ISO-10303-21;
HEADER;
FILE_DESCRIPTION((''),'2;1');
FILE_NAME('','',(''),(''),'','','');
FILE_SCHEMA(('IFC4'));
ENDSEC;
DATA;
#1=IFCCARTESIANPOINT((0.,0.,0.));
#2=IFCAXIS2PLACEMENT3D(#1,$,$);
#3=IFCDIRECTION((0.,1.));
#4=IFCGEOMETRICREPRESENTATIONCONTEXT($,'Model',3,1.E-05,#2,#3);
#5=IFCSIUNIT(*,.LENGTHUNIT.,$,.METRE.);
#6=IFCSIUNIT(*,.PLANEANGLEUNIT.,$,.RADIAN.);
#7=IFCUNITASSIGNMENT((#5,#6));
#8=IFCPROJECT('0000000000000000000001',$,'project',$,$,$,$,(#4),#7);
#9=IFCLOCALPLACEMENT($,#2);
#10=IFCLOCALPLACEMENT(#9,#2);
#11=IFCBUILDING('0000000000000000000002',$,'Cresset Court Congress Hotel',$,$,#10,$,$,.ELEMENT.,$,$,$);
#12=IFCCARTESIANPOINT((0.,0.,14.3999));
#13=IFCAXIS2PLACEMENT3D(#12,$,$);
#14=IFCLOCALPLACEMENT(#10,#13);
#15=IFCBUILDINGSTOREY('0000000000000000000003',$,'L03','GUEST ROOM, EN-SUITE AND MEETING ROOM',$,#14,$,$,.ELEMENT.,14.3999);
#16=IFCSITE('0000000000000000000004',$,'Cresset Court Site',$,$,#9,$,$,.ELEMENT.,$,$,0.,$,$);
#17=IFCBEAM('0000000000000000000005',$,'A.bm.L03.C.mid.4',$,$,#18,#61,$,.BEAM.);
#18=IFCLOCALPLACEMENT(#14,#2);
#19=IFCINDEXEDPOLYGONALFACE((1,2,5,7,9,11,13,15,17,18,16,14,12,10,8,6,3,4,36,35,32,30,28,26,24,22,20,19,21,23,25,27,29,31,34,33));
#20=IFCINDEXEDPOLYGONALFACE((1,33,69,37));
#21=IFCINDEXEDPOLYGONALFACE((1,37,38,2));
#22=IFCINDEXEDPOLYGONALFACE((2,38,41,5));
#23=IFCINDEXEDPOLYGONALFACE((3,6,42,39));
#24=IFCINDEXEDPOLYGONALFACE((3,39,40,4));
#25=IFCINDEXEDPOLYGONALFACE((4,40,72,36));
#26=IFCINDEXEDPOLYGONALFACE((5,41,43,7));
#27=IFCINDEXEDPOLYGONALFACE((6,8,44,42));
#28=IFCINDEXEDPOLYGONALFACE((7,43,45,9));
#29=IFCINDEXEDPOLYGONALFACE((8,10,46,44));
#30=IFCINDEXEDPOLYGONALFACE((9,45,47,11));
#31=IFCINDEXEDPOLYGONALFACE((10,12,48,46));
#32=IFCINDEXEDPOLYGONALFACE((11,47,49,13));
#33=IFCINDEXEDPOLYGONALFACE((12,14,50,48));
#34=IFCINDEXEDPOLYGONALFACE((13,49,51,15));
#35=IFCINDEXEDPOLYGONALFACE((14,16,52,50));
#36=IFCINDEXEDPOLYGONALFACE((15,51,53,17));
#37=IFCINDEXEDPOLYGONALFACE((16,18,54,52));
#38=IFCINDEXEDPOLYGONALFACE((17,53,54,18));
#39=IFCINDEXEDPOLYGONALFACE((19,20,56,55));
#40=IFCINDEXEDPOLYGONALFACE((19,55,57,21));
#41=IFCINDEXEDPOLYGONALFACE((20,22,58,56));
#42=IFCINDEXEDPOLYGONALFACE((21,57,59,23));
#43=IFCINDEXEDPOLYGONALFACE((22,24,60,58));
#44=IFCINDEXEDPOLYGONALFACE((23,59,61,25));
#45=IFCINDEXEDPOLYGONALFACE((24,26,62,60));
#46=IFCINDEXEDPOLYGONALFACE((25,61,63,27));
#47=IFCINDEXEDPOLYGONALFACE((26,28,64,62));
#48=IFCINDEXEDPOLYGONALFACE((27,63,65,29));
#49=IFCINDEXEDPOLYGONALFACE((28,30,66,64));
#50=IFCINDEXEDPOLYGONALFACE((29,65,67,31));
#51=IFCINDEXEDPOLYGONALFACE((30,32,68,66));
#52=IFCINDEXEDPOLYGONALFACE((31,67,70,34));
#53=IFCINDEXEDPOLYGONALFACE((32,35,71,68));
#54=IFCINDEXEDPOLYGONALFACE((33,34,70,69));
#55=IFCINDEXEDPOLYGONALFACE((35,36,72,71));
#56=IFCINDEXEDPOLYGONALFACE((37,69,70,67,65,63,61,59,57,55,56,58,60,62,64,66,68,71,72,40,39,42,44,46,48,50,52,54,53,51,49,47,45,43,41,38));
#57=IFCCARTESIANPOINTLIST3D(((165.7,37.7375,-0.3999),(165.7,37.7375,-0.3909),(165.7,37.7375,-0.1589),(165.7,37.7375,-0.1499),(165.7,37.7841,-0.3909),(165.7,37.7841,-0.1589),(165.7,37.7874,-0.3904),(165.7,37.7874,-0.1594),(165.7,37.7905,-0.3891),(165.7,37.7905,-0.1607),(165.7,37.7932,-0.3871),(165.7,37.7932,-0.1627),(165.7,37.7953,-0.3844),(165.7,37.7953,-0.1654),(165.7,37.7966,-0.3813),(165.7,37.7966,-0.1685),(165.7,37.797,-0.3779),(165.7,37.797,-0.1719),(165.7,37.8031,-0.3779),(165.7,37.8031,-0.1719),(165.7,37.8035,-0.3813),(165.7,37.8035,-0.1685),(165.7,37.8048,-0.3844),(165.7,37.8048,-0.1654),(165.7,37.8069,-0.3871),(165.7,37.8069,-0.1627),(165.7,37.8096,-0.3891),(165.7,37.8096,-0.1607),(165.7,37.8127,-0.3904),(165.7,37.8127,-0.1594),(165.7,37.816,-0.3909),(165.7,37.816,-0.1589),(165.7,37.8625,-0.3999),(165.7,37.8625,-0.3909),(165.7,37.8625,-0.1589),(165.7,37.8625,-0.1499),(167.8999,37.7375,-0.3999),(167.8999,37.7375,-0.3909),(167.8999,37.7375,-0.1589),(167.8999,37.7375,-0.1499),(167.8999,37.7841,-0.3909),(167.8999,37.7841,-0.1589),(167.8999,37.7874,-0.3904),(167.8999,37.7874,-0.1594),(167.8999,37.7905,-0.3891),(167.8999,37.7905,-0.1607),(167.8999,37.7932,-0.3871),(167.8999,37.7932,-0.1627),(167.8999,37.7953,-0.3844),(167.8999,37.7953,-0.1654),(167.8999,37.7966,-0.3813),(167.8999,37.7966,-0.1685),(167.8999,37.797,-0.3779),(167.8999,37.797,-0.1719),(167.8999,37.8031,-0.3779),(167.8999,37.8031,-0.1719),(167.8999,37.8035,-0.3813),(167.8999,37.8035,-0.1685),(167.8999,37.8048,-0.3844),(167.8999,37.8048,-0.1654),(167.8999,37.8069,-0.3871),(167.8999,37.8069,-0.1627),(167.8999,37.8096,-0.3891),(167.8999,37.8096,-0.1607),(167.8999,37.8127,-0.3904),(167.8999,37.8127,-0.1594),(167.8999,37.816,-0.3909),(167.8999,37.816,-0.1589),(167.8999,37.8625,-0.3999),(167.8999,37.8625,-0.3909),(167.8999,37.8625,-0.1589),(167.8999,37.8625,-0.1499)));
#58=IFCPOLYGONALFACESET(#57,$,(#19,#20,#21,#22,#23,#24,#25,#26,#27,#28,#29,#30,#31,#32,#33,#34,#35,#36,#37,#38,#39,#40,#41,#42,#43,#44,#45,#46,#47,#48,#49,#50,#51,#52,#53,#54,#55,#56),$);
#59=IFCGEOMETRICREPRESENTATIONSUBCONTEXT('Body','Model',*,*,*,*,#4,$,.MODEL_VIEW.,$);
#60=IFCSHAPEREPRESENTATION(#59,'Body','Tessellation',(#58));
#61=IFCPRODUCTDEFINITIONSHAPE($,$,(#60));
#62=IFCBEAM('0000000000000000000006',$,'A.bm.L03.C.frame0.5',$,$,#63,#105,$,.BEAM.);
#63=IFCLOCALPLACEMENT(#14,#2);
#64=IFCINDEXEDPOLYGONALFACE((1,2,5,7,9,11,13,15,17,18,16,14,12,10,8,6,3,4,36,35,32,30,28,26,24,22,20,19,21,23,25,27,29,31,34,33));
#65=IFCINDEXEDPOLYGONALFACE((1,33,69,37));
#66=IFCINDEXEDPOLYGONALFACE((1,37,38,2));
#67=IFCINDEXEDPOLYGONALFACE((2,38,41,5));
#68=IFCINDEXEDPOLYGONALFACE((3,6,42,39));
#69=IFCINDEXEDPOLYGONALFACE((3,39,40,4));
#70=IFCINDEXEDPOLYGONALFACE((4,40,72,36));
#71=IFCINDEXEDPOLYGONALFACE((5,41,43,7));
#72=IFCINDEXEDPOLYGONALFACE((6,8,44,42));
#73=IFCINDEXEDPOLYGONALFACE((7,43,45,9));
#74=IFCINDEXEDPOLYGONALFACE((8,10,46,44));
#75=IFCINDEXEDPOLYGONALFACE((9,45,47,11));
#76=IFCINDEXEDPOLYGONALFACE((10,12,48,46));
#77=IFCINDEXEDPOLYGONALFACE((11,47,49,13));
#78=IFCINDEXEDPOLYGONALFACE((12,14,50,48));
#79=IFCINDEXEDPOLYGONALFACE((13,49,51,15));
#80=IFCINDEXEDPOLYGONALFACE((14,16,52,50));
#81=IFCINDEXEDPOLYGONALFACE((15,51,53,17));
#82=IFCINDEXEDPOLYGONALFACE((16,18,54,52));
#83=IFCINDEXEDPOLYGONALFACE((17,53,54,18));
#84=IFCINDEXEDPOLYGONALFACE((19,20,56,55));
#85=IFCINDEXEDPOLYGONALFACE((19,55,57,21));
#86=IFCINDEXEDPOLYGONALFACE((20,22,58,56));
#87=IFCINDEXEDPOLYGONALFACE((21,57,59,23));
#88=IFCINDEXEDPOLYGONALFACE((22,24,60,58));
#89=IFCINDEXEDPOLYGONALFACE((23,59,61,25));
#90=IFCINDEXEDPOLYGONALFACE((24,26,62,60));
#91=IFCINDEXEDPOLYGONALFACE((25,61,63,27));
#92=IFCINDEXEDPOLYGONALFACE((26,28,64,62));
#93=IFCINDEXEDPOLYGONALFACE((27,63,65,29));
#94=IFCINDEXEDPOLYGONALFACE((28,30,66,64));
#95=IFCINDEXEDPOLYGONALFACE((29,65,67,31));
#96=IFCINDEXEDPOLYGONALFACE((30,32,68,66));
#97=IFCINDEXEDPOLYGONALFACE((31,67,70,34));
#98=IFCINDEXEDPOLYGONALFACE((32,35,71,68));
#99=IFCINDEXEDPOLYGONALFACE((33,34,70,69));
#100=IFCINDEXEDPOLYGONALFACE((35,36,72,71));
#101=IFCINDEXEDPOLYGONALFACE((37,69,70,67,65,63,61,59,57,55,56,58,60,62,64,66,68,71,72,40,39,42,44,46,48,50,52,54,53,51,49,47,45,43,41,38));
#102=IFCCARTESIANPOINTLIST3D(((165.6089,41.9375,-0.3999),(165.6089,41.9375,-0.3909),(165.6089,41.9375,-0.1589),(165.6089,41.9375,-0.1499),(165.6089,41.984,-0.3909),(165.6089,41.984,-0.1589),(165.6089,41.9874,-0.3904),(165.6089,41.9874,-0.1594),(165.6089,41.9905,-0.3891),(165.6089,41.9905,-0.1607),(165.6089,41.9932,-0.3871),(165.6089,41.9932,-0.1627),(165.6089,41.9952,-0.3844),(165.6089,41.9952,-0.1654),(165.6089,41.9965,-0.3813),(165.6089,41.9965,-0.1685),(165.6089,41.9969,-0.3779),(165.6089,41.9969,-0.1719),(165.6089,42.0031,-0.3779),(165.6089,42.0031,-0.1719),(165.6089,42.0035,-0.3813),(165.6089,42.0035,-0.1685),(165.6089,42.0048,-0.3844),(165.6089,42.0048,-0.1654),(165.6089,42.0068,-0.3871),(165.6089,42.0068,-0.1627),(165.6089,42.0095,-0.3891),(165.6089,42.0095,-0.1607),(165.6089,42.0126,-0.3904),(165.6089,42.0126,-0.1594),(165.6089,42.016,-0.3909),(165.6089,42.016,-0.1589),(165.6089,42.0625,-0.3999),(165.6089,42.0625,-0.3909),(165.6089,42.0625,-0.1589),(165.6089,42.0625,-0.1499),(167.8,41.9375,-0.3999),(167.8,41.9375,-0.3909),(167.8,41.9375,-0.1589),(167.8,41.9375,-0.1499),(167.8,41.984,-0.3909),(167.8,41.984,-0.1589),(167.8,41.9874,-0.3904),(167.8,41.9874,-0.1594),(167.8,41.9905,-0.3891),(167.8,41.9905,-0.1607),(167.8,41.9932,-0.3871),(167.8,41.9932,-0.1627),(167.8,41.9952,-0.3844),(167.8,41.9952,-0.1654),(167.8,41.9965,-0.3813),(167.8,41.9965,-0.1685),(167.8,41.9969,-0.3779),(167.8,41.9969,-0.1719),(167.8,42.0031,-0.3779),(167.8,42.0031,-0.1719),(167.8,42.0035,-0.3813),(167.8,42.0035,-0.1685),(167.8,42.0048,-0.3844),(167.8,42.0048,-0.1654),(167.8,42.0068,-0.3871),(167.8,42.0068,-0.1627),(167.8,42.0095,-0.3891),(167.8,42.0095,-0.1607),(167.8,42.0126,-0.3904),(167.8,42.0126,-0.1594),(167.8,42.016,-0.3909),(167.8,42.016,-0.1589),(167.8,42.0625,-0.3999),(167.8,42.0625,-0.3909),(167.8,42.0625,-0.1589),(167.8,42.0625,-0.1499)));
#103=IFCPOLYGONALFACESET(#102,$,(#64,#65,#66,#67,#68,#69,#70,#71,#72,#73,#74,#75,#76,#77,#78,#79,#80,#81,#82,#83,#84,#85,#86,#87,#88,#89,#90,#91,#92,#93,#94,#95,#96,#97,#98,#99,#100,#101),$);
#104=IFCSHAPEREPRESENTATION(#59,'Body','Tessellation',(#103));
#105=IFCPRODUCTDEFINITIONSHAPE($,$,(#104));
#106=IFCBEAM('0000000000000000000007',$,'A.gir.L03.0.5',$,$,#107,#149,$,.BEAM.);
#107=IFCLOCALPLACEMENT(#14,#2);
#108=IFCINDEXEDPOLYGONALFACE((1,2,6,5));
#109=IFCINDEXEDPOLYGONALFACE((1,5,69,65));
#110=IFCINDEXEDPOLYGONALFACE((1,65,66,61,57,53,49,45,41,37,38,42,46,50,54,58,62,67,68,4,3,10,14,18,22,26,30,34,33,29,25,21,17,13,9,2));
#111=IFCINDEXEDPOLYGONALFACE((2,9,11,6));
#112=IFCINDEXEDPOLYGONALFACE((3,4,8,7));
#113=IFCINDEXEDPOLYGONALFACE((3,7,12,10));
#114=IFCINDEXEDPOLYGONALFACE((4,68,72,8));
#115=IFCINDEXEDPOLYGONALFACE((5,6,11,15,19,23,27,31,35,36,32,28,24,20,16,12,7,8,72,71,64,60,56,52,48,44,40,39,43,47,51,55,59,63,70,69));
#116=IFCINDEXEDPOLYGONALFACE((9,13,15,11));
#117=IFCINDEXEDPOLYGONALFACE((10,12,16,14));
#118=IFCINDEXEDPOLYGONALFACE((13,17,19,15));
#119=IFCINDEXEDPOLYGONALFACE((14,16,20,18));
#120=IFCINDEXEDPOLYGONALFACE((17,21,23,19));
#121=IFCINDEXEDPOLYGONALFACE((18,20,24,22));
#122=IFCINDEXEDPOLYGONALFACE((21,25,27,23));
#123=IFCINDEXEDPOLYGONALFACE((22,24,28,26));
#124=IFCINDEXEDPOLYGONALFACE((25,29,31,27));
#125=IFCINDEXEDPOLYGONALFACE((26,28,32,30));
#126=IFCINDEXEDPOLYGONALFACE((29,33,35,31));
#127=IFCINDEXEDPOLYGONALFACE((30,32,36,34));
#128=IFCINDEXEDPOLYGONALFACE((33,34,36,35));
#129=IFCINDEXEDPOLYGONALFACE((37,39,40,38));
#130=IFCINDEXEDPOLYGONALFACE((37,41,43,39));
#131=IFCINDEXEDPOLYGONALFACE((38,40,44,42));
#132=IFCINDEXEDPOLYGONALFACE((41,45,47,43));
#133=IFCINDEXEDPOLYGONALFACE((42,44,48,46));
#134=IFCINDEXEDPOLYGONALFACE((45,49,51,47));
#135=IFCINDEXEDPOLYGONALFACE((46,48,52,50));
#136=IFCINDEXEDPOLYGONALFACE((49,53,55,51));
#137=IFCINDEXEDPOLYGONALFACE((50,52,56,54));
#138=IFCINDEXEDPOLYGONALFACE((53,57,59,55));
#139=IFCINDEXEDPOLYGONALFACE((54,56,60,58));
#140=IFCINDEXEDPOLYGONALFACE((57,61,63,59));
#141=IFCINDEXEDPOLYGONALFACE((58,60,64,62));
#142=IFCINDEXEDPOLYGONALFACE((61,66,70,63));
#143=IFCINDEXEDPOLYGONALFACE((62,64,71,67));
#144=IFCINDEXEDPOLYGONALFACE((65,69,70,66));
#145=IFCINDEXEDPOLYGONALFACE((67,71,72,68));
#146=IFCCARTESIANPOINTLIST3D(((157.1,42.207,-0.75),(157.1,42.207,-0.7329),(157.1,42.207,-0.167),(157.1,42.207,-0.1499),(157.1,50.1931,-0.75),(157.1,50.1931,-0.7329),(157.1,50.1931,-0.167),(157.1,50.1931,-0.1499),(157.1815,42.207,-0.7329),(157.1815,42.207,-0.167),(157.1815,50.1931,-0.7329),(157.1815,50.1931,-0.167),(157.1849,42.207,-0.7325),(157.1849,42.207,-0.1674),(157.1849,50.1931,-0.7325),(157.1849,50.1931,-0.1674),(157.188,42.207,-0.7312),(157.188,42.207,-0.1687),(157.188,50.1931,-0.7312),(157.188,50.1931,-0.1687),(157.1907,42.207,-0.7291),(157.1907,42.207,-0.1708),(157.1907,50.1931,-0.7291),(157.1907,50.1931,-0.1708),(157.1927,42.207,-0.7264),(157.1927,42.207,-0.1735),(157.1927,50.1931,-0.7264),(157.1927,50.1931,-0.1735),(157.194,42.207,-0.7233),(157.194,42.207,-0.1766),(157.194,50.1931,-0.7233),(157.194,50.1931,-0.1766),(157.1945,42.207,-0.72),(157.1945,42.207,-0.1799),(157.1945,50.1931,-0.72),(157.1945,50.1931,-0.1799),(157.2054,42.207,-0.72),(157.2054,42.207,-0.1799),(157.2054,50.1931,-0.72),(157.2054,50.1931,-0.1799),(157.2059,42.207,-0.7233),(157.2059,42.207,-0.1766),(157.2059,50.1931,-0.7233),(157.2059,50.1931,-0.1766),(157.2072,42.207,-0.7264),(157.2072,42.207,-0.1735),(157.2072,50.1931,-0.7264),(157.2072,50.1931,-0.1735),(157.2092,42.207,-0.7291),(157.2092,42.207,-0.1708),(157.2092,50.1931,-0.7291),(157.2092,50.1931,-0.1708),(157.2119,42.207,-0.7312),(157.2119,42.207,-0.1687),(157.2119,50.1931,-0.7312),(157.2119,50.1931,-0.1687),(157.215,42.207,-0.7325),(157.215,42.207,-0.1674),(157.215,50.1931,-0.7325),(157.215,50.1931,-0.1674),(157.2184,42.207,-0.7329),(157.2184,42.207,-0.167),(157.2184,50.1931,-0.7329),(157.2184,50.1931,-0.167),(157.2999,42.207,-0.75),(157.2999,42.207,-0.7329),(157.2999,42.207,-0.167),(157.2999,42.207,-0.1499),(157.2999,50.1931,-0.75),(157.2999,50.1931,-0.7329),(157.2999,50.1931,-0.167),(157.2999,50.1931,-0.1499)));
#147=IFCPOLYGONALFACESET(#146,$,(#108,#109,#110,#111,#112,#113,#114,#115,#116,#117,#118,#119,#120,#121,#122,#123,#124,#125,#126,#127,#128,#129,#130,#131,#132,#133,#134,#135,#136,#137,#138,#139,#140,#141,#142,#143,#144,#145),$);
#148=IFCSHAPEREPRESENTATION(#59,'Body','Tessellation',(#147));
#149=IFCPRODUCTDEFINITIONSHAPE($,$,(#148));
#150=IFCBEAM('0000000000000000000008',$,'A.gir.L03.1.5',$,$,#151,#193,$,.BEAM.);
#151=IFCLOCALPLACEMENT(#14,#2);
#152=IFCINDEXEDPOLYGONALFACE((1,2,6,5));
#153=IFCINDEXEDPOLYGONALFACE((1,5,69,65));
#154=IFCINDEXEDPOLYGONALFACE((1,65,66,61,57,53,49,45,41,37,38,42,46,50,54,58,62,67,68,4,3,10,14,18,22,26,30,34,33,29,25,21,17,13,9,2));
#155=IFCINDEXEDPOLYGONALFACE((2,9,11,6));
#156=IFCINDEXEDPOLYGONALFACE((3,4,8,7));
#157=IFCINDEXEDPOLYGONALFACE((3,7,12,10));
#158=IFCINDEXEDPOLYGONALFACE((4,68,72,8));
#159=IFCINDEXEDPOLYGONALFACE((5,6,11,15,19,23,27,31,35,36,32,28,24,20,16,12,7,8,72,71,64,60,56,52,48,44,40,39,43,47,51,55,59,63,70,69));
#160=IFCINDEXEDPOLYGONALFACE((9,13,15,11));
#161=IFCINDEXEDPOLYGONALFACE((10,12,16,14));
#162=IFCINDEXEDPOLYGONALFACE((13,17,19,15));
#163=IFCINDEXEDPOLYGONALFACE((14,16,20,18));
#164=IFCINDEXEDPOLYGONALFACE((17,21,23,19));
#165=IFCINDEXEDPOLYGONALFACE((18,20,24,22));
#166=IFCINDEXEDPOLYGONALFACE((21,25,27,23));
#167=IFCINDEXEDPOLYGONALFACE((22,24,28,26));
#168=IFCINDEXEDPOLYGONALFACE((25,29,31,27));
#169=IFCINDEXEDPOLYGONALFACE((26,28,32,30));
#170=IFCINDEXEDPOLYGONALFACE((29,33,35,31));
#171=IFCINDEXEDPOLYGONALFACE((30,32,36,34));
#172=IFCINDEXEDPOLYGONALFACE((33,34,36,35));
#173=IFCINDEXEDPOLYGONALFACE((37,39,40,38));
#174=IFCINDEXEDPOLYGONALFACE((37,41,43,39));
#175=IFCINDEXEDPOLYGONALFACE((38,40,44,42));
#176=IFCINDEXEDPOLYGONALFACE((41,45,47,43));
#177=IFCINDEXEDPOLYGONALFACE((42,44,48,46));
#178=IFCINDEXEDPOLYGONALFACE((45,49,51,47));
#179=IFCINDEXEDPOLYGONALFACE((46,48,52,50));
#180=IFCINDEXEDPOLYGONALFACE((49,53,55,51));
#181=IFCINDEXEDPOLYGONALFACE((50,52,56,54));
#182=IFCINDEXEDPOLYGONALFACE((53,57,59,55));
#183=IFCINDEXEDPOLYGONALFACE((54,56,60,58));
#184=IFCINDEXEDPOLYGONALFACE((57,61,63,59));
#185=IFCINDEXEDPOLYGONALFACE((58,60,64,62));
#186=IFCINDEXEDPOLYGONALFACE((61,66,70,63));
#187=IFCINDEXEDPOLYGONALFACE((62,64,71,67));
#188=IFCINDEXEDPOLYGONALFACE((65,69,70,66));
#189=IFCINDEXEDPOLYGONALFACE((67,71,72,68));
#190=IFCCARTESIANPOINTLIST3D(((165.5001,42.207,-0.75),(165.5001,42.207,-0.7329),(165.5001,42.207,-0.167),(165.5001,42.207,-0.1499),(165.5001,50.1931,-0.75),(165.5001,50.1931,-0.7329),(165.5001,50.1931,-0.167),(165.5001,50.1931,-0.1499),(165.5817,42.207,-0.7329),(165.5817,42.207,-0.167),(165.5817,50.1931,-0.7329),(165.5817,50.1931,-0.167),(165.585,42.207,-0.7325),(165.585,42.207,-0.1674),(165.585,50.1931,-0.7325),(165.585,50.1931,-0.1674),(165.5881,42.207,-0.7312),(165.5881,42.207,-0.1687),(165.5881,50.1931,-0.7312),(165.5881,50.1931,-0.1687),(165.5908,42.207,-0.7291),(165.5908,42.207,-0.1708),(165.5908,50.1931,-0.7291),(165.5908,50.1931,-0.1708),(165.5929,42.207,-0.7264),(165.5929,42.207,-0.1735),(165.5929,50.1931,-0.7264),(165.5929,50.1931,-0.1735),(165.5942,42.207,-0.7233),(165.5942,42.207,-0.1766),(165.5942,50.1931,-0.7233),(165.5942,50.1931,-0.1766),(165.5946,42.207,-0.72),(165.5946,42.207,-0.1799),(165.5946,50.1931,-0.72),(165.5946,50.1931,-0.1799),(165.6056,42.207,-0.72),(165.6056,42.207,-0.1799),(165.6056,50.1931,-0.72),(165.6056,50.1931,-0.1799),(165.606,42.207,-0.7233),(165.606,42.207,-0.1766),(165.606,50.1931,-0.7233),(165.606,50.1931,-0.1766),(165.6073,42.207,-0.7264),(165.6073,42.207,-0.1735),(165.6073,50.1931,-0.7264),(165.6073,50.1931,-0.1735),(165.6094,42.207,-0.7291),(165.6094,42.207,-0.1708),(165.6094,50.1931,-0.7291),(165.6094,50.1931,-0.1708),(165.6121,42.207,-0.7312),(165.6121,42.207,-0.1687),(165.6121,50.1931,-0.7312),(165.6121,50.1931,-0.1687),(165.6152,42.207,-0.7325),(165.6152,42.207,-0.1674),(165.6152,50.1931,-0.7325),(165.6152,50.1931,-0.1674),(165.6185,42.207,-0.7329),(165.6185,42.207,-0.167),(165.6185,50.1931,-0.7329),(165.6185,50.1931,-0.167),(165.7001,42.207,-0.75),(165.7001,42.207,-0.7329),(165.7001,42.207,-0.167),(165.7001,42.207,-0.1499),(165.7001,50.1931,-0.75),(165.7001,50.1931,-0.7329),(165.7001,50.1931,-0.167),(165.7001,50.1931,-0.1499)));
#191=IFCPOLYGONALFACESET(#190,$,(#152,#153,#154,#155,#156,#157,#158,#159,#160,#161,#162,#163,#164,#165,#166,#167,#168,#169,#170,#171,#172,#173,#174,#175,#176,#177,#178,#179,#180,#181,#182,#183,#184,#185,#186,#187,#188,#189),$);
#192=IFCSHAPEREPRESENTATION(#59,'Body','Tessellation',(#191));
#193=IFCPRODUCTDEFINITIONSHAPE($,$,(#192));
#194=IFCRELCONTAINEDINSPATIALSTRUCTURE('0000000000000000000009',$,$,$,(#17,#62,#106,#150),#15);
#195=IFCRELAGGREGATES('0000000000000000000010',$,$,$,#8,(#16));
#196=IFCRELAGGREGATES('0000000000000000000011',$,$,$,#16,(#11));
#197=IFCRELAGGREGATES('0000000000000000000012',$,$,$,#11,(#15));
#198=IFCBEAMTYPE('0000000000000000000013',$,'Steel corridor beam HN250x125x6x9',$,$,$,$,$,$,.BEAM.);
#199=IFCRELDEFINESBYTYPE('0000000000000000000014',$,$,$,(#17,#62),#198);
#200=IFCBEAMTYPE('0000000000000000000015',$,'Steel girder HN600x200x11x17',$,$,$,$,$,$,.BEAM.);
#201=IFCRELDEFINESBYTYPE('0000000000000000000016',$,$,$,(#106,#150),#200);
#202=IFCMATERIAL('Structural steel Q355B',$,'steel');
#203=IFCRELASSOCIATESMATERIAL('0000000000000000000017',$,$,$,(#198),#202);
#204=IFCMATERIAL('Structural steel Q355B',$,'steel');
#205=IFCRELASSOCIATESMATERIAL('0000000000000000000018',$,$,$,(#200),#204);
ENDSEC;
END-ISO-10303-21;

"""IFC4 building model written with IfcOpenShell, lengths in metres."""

from ifc_helpers import new_model, si_unit, direction, frame, origin, origin_2d, place, context, subcontext, project, spatial, i_section, extrude, material, material_profile, profile_set, type_object, element, save


model = new_model("IFC4")

# Units and contexts
model_context = context("Model", 3, precision=1e-05, world=origin(), true_north=direction((0.0, 1.0)))
body_context = subcontext(model_context, "Body", "Model", "MODEL_VIEW")
ifc_project = project(units=[si_unit("LENGTHUNIT", "METRE"), si_unit("PLANEANGLEUNIT", "RADIAN")], contexts=[model_context])

# Site, building, storey
site_placement = place(None, origin())
site = spatial("IfcSite", under=ifc_project, at=site_placement, Name="Cresset Court Site", CompositionType="ELEMENT", RefElevation=0.0)
building_placement = place(site_placement, origin())
building = spatial("IfcBuilding", under=site, at=building_placement, Name="Cresset Court Congress Hotel", CompositionType="ELEMENT")
storey_placement = place(building_placement, frame((0.0, 0.0, 14.3999)))
storey = spatial("IfcBuildingStorey", under=building, at=storey_placement, Name="L03", Description="GUEST ROOM, EN-SUITE AND MEETING ROOM", CompositionType="ELEMENT", Elevation=14.3999)

# Beams
ifc_material_1 = material(Name="Structural steel Q355B", Category="steel")
ifc_material_profile_1 = material_profile(ifc_material_1, i_section(OverallWidth=0.125, OverallDepth=0.25, WebThickness=0.0061, FlangeThickness=0.009, FilletRadius=0.0129, at=origin_2d()), Name="HN250x125x6x9")
ifc_profile_set_1 = profile_set([ifc_material_profile_1], Name="Structural steel Q355B")
beam_type_1 = type_object("IfcBeamType", Name="Steel corridor beam HN250x125x6x9", PredefinedType="BEAM", material=ifc_profile_set_1)
beam_1_placement = place(storey_placement, frame((165.7, 37.8, -0.2749), z_axis=(1.0, 0.0, 0.0), x_axis=(0.0, 1.0, 0.0)))
element("IfcBeam", 1, at=beam_1_placement, inside=storey, type_object=beam_type_1, Name="A.bm.L03.C.mid.4", PredefinedType="BEAM", context=body_context, shape_type="SweptSolid", body=[
    extrude(i_section(OverallWidth=0.125, OverallDepth=0.25, WebThickness=0.0061, FlangeThickness=0.009, FilletRadius=0.0129, at=origin_2d()), origin(), (0.0, 0.0, 1.0), 2.2),
])
beam_2_placement = place(storey_placement, frame((165.6089, 42.0, -0.2749), z_axis=(1.0, 0.0, 0.0), x_axis=(0.0, 1.0, 0.0)))
element("IfcBeam", 2, at=beam_2_placement, inside=storey, type_object=beam_type_1, Name="A.bm.L03.C.frame0.5", PredefinedType="BEAM", context=body_context, shape_type="SweptSolid", body=[
    extrude(i_section(OverallWidth=0.125, OverallDepth=0.25, WebThickness=0.0061, FlangeThickness=0.009, FilletRadius=0.0129, at=origin_2d()), origin(), (0.0, 0.0, 1.0), 2.1912),
])
ifc_material_2 = material(Name="Structural steel Q355B", Category="steel")
ifc_material_profile_2 = material_profile(ifc_material_2, i_section(OverallWidth=0.2, OverallDepth=0.6001, WebThickness=0.011, FlangeThickness=0.0171, FilletRadius=0.0129, at=origin_2d()), Name="HN600x200x11x17")
ifc_profile_set_2 = profile_set([ifc_material_profile_2], Name="Structural steel Q355B")
beam_type_2 = type_object("IfcBeamType", Name="Steel girder HN600x200x11x17", PredefinedType="BEAM", material=ifc_profile_set_2)
for number, where, z_axis, x_axis, name in (
    (3, (157.2, 42.207, -0.45), (0.0, 1.0, 0.0), (-1.0, 0.0, 0.0), "A.gir.L03.0.5"),
    (4, (165.6001, 42.207, -0.45), (0.0, 1.0, 0.0), (-1.0, 0.0, 0.0), "A.gir.L03.1.5"),
):
    element("IfcBeam", number, at=place(storey_placement, frame(where, z_axis=z_axis, x_axis=x_axis)), inside=storey, type_object=beam_type_2, Name=name, PredefinedType="BEAM", context=body_context, shape_type="SweptSolid", body=[
        extrude(i_section(OverallWidth=0.2, OverallDepth=0.6001, WebThickness=0.011, FlangeThickness=0.0171, FilletRadius=0.0129, at=origin_2d()), origin(), (0.0, 0.0, 1.0), 7.9861),
    ])

save(model, "model.ifc")
